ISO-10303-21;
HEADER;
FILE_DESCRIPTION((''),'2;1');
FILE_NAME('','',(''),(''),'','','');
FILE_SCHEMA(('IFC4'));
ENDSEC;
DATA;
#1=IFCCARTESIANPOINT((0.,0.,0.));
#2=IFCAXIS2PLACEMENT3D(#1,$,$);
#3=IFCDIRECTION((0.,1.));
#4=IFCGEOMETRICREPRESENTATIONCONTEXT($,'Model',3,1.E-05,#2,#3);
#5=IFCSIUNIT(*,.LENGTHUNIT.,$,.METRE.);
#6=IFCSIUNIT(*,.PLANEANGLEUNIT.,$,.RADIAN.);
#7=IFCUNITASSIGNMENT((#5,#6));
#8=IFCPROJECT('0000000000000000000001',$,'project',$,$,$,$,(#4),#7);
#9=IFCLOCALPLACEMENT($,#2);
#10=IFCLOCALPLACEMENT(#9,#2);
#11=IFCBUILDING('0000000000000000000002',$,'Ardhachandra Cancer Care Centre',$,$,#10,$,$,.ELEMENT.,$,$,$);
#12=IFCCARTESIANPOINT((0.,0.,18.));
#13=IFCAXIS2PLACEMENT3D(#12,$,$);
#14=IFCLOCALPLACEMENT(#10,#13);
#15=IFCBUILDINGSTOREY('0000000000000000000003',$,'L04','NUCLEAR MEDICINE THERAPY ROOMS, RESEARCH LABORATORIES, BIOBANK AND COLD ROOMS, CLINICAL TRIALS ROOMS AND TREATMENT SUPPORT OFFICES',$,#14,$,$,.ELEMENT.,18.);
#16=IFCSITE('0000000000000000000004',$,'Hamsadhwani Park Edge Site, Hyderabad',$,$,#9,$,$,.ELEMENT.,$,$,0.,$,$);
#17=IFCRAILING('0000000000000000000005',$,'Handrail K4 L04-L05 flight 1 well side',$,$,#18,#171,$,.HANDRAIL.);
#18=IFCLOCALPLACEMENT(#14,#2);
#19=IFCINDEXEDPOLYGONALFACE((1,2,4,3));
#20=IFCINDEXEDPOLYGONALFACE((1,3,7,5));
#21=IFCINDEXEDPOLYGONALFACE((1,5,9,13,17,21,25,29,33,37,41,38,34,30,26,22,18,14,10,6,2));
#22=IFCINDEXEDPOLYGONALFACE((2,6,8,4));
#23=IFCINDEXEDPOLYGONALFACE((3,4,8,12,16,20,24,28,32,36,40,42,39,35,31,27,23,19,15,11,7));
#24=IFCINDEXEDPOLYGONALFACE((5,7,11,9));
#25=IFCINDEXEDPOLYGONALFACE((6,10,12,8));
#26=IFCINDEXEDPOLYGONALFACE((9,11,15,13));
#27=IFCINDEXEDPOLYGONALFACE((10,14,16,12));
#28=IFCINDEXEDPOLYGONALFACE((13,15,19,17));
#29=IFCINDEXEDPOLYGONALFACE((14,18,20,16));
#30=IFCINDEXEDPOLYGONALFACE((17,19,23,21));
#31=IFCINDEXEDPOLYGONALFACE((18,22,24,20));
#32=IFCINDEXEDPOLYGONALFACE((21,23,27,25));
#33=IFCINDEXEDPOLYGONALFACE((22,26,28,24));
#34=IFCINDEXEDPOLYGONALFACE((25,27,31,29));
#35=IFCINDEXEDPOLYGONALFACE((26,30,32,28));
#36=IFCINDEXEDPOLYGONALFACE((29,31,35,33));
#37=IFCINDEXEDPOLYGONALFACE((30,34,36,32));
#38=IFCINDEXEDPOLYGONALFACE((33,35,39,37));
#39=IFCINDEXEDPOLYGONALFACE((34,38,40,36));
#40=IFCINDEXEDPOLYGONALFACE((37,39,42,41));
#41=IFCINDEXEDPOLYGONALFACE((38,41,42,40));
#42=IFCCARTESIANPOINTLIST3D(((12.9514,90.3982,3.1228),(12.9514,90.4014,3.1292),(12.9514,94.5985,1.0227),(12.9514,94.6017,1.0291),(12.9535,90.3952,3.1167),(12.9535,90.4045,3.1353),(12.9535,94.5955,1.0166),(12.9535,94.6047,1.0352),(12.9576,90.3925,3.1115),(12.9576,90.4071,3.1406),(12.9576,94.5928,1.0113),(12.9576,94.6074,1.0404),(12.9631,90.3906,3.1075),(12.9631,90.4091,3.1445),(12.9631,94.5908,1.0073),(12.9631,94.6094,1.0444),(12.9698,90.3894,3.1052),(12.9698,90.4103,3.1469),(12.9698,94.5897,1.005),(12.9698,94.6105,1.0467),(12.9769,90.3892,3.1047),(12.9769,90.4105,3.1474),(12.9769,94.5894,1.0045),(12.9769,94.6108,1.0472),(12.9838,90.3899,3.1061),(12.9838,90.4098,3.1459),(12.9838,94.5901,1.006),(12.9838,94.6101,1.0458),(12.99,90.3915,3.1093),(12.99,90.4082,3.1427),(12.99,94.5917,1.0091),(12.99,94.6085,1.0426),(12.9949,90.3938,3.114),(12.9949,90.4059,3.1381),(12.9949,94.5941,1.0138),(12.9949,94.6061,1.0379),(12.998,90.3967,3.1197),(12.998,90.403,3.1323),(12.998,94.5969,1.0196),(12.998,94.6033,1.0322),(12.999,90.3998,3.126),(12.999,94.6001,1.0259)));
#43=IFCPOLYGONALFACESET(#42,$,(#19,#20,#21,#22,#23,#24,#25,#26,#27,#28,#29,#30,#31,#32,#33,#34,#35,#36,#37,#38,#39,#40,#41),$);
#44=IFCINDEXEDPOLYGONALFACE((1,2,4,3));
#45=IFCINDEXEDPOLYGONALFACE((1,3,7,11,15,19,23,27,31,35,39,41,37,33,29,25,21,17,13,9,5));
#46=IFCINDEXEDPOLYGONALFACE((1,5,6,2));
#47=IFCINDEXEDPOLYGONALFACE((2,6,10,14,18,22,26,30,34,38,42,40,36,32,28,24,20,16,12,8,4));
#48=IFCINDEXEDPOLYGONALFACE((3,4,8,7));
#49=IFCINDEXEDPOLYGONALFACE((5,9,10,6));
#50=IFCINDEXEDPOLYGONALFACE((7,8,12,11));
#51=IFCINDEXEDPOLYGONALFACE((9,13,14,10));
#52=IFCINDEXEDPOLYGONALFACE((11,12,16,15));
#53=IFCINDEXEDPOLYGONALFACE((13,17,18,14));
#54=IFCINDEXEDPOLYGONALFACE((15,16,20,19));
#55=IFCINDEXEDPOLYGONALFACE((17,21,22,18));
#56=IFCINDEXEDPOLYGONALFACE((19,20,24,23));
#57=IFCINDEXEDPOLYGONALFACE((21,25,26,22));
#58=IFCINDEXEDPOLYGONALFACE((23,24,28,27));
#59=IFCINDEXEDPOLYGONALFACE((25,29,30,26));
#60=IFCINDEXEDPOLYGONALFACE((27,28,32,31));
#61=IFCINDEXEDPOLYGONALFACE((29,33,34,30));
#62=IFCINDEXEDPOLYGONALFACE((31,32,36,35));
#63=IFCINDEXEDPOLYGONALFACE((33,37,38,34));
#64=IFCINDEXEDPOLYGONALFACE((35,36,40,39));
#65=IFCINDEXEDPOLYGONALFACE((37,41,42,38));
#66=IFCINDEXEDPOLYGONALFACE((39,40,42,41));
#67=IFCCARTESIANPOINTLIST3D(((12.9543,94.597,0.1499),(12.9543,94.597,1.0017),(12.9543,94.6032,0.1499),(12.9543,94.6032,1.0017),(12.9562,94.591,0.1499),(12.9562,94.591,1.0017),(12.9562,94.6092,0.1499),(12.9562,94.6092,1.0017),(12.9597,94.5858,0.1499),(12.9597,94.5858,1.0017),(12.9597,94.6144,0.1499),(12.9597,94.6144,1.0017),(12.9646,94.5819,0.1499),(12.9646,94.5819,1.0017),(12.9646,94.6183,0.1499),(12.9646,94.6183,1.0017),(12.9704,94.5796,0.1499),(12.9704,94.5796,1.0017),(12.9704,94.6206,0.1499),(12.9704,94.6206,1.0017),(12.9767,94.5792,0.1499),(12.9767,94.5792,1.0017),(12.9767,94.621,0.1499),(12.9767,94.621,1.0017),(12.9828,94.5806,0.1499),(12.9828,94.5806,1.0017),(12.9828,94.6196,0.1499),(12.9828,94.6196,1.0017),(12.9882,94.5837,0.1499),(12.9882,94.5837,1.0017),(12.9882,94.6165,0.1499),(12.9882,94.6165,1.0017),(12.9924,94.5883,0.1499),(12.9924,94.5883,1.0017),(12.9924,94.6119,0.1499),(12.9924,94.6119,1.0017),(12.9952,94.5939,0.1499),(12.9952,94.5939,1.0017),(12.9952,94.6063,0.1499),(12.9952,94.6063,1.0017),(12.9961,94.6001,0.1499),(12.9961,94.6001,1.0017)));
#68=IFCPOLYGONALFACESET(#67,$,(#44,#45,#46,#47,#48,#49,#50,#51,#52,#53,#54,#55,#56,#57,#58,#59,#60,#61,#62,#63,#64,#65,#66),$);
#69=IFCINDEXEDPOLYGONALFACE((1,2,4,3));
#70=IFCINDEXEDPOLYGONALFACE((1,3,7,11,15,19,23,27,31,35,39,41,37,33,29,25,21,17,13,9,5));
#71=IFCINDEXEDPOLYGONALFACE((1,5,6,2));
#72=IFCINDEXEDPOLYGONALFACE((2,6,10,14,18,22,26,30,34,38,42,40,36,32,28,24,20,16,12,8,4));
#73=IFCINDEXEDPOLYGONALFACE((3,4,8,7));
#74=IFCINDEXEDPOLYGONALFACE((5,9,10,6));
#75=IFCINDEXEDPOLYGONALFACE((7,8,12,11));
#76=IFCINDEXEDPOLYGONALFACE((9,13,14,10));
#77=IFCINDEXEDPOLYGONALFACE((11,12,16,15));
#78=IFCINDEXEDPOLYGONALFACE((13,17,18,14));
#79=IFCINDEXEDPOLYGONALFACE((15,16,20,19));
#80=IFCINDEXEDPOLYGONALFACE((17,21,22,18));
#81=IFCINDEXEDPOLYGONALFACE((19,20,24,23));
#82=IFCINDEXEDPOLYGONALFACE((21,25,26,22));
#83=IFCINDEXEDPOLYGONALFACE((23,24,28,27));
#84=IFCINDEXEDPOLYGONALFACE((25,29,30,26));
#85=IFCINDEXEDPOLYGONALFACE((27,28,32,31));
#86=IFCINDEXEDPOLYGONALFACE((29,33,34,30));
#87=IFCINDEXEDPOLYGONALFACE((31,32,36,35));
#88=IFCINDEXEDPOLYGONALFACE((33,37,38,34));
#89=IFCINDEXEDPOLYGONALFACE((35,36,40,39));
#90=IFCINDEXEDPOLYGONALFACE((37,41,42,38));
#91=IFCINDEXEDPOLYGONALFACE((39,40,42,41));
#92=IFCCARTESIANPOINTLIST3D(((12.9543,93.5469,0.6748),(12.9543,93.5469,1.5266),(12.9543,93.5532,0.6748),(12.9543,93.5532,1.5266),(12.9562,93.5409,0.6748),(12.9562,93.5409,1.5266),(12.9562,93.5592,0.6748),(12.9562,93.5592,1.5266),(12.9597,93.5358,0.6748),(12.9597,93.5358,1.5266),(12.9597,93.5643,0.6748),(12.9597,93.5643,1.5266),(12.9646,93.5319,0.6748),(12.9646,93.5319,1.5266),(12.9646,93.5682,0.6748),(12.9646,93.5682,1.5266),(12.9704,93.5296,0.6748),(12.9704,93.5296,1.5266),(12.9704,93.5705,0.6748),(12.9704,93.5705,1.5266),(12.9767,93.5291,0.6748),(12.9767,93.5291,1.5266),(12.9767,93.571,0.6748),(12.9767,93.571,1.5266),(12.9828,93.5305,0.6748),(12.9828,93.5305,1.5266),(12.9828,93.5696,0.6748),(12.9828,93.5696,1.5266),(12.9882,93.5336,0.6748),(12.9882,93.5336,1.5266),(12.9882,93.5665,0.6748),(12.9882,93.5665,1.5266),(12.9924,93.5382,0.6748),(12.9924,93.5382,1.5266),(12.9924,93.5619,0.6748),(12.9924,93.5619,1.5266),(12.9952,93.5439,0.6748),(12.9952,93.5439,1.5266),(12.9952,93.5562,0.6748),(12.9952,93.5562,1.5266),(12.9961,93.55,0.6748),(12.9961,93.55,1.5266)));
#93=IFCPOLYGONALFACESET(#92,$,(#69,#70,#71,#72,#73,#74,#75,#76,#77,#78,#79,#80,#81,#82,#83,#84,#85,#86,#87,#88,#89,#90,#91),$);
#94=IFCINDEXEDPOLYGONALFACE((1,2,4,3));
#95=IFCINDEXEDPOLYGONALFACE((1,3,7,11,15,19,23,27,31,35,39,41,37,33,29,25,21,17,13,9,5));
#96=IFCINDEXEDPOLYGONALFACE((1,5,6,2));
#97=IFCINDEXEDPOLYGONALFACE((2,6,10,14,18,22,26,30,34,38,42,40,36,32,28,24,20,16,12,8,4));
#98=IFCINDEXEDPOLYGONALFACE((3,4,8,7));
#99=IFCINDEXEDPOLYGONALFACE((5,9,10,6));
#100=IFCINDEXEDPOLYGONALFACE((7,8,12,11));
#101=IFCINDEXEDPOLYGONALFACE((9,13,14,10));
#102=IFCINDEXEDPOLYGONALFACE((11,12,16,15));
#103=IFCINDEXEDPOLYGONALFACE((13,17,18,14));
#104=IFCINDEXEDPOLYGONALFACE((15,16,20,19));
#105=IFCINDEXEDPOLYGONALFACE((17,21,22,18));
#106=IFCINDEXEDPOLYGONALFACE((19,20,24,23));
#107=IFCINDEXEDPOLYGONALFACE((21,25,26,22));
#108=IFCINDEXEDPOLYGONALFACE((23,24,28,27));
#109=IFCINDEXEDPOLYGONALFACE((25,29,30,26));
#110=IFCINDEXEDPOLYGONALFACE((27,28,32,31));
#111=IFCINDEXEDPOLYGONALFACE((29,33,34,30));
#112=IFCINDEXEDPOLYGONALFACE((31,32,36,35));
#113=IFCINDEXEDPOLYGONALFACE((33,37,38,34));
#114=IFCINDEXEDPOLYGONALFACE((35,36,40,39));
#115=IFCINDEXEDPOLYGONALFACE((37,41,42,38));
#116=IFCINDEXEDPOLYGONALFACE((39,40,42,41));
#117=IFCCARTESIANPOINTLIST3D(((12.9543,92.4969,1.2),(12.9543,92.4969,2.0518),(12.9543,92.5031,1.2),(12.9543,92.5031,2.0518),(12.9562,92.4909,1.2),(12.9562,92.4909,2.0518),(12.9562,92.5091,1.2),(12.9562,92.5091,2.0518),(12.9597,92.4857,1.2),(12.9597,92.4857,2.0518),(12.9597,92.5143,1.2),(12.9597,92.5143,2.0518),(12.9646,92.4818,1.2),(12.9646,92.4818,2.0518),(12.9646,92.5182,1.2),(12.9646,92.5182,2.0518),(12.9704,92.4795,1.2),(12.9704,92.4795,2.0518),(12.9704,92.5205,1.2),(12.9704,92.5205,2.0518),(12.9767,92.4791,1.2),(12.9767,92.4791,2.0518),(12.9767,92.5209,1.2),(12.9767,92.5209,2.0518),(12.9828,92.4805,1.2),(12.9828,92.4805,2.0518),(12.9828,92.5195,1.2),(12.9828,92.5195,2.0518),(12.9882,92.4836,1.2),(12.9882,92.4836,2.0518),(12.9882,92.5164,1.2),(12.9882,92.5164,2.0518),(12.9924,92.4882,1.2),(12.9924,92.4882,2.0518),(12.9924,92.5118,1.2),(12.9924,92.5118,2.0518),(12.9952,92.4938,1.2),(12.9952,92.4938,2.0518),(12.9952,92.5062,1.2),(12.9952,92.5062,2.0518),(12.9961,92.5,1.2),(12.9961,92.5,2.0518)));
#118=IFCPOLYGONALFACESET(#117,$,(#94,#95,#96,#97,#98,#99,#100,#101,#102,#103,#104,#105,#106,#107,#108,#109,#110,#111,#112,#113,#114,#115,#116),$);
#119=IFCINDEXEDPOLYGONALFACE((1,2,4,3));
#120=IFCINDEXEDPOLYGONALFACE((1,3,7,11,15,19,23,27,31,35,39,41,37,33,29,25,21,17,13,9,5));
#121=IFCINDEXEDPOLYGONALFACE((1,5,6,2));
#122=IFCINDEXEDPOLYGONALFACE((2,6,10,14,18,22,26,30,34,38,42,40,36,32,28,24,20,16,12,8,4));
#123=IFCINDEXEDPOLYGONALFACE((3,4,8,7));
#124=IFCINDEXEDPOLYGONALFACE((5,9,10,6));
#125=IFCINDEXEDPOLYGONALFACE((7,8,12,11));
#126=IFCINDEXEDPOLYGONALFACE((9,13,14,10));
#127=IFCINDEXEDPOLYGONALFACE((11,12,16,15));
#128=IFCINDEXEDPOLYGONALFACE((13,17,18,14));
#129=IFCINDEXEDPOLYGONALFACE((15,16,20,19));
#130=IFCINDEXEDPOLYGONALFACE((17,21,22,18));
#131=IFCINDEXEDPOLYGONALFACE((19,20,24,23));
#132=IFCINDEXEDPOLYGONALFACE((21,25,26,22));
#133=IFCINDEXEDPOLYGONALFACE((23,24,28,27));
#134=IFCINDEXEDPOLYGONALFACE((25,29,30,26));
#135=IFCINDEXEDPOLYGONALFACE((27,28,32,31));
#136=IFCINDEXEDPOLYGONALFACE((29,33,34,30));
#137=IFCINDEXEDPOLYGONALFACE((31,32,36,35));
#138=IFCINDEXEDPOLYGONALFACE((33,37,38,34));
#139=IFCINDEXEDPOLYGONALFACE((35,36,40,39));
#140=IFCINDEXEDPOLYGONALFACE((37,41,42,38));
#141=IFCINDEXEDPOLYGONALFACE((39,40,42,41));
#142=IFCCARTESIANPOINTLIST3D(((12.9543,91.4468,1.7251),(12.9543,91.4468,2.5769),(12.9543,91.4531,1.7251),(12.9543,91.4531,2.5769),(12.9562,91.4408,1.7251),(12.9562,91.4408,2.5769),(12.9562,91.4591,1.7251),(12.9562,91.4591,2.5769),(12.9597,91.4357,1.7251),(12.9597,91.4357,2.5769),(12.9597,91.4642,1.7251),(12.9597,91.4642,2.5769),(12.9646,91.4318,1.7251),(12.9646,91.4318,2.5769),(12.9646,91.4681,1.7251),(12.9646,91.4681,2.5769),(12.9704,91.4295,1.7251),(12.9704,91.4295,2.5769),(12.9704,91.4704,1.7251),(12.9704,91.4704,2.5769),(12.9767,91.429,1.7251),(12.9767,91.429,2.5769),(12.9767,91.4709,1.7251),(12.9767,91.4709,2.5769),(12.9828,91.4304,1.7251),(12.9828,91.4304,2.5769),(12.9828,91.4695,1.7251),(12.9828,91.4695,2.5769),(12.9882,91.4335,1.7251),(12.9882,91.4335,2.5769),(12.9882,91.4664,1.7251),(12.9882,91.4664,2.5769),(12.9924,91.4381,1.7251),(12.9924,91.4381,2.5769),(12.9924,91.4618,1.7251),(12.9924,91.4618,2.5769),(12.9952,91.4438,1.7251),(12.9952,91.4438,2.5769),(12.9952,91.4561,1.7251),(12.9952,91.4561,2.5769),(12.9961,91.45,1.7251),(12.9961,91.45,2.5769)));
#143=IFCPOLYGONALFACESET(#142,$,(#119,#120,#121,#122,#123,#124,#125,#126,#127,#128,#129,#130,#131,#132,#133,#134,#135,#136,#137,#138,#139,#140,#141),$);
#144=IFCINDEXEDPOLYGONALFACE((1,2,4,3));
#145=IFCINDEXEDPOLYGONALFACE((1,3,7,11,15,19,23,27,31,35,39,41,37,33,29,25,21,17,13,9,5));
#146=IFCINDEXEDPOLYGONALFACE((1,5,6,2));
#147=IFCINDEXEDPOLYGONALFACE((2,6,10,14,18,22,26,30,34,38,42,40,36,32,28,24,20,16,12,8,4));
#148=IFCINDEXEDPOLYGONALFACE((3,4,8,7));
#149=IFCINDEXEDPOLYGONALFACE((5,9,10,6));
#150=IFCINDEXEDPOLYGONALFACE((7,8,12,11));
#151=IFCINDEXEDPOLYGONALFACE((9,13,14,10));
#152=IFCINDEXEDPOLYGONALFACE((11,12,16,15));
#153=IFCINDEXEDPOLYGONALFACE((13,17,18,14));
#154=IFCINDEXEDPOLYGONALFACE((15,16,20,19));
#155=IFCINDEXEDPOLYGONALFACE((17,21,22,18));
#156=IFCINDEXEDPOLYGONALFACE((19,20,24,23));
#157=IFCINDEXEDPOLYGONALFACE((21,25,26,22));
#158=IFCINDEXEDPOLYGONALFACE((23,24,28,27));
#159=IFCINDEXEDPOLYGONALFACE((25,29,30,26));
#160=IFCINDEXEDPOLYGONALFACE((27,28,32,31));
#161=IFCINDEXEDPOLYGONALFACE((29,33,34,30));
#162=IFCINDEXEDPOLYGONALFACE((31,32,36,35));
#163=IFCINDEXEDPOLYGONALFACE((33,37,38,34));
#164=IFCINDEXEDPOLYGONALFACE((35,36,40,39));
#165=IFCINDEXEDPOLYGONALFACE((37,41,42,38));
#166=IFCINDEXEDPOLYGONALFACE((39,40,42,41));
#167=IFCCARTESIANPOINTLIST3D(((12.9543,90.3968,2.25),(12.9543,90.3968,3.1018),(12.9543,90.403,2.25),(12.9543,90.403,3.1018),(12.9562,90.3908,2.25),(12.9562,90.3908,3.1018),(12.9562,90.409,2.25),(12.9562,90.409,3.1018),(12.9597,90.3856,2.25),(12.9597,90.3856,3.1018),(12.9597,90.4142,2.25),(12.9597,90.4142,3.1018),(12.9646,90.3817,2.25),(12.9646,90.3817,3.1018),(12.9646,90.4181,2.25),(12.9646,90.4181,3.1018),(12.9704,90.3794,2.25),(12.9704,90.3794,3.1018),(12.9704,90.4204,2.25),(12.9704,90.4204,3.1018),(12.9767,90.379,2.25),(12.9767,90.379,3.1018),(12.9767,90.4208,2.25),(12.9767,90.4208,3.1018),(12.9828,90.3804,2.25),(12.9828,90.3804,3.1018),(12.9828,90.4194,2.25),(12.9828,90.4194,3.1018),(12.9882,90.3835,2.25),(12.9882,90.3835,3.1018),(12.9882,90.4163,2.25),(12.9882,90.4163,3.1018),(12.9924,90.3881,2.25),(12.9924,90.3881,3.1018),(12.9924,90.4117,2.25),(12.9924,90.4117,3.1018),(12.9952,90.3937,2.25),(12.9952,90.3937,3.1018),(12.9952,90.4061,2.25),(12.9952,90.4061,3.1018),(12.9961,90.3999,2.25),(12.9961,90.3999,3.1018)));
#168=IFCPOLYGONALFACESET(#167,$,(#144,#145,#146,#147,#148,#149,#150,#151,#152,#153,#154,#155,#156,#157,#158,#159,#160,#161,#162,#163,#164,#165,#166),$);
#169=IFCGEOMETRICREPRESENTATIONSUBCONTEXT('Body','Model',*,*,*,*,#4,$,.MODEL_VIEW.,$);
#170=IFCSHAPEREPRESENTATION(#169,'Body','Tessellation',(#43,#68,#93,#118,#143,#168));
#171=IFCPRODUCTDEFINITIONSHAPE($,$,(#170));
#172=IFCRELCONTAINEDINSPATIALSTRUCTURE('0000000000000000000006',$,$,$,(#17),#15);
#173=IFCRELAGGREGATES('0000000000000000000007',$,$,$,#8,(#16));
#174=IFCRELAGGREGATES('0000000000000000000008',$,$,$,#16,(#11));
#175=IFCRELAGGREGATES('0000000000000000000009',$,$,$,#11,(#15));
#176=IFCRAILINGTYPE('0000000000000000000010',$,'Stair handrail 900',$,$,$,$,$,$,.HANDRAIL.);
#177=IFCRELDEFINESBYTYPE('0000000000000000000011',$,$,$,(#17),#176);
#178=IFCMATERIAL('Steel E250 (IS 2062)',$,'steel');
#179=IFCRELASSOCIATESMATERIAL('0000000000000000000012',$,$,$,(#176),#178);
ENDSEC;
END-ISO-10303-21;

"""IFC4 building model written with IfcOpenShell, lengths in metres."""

from ifc_helpers import new_model, si_unit, direction, frame, origin, origin_2d, place, context, subcontext, project, spatial, circle, extrude, material, type_object, element, save


model = new_model("IFC4")

# Units and contexts
model_context = context("Model", 3, precision=1e-05, world=origin(), true_north=direction((0.0, 1.0)))
body_context = subcontext(model_context, "Body", "Model", "MODEL_VIEW")
ifc_project = project(units=[si_unit("LENGTHUNIT", "METRE"), si_unit("PLANEANGLEUNIT", "RADIAN")], contexts=[model_context])

# Site, building, storey
site_placement = place(None, origin())
site = spatial("IfcSite", under=ifc_project, at=site_placement, Name="Hamsadhwani Park Edge Site, Hyderabad", CompositionType="ELEMENT", RefElevation=0.0)
building_placement = place(site_placement, origin())
building = spatial("IfcBuilding", under=site, at=building_placement, Name="Ardhachandra Cancer Care Centre", CompositionType="ELEMENT")
storey_placement = place(building_placement, frame((0.0, 0.0, 18.0)))
storey = spatial("IfcBuildingStorey", under=building, at=storey_placement, Name="L04", Description="NUCLEAR MEDICINE THERAPY ROOMS, RESEARCH LABORATORIES, BIOBANK AND COLD ROOMS, CLINICAL TRIALS ROOMS AND TREATMENT SUPPORT OFFICES", CompositionType="ELEMENT", Elevation=18.0)

# Railing
ifc_material_1 = material(Name="Steel E250 (IS 2062)", Category="steel")
railing_type_1 = type_object("IfcRailingType", Name="Stair handrail 900", PredefinedType="HANDRAIL", material=ifc_material_1)
for number, where, name in (
    (1, (12.9751, 94.6001, 0.1499), "Handrail K4 L04-L05 flight 1 well side"),
):
    element("IfcRailing", number, at=place(storey_placement, frame(where)), inside=storey, type_object=railing_type_1, Name=name, PredefinedType="HANDRAIL", context=body_context, shape_type="SweptSolid", body=[
        extrude(circle(Radius=0.0239, at=origin_2d()), frame((0.0, 0.0, 0.876), z_axis=(0.0, -0.894427, 0.447214), x_axis=(1.0, 0.0, 0.0)), (0.0, 0.0, 1.0), 4.696),
        extrude(circle(Radius=0.021, at=origin_2d()), origin(), (0.0, 0.0, 1.0), 0.8518),
        extrude(circle(Radius=0.021, at=origin_2d()), frame((0.0, -1.05, 0.5249)), (0.0, 0.0, 1.0), 0.8518),
        extrude(circle(Radius=0.021, at=origin_2d()), frame((0.0, -2.1001, 1.05)), (0.0, 0.0, 1.0), 0.8518),
        extrude(circle(Radius=0.021, at=origin_2d()), frame((0.0, -3.1501, 1.5752)), (0.0, 0.0, 1.0), 0.8518),
        extrude(circle(Radius=0.021, at=origin_2d()), frame((0.0, -4.2002, 2.1001)), (0.0, 0.0, 1.0), 0.8518),
    ])

save(model, "model.ifc")
